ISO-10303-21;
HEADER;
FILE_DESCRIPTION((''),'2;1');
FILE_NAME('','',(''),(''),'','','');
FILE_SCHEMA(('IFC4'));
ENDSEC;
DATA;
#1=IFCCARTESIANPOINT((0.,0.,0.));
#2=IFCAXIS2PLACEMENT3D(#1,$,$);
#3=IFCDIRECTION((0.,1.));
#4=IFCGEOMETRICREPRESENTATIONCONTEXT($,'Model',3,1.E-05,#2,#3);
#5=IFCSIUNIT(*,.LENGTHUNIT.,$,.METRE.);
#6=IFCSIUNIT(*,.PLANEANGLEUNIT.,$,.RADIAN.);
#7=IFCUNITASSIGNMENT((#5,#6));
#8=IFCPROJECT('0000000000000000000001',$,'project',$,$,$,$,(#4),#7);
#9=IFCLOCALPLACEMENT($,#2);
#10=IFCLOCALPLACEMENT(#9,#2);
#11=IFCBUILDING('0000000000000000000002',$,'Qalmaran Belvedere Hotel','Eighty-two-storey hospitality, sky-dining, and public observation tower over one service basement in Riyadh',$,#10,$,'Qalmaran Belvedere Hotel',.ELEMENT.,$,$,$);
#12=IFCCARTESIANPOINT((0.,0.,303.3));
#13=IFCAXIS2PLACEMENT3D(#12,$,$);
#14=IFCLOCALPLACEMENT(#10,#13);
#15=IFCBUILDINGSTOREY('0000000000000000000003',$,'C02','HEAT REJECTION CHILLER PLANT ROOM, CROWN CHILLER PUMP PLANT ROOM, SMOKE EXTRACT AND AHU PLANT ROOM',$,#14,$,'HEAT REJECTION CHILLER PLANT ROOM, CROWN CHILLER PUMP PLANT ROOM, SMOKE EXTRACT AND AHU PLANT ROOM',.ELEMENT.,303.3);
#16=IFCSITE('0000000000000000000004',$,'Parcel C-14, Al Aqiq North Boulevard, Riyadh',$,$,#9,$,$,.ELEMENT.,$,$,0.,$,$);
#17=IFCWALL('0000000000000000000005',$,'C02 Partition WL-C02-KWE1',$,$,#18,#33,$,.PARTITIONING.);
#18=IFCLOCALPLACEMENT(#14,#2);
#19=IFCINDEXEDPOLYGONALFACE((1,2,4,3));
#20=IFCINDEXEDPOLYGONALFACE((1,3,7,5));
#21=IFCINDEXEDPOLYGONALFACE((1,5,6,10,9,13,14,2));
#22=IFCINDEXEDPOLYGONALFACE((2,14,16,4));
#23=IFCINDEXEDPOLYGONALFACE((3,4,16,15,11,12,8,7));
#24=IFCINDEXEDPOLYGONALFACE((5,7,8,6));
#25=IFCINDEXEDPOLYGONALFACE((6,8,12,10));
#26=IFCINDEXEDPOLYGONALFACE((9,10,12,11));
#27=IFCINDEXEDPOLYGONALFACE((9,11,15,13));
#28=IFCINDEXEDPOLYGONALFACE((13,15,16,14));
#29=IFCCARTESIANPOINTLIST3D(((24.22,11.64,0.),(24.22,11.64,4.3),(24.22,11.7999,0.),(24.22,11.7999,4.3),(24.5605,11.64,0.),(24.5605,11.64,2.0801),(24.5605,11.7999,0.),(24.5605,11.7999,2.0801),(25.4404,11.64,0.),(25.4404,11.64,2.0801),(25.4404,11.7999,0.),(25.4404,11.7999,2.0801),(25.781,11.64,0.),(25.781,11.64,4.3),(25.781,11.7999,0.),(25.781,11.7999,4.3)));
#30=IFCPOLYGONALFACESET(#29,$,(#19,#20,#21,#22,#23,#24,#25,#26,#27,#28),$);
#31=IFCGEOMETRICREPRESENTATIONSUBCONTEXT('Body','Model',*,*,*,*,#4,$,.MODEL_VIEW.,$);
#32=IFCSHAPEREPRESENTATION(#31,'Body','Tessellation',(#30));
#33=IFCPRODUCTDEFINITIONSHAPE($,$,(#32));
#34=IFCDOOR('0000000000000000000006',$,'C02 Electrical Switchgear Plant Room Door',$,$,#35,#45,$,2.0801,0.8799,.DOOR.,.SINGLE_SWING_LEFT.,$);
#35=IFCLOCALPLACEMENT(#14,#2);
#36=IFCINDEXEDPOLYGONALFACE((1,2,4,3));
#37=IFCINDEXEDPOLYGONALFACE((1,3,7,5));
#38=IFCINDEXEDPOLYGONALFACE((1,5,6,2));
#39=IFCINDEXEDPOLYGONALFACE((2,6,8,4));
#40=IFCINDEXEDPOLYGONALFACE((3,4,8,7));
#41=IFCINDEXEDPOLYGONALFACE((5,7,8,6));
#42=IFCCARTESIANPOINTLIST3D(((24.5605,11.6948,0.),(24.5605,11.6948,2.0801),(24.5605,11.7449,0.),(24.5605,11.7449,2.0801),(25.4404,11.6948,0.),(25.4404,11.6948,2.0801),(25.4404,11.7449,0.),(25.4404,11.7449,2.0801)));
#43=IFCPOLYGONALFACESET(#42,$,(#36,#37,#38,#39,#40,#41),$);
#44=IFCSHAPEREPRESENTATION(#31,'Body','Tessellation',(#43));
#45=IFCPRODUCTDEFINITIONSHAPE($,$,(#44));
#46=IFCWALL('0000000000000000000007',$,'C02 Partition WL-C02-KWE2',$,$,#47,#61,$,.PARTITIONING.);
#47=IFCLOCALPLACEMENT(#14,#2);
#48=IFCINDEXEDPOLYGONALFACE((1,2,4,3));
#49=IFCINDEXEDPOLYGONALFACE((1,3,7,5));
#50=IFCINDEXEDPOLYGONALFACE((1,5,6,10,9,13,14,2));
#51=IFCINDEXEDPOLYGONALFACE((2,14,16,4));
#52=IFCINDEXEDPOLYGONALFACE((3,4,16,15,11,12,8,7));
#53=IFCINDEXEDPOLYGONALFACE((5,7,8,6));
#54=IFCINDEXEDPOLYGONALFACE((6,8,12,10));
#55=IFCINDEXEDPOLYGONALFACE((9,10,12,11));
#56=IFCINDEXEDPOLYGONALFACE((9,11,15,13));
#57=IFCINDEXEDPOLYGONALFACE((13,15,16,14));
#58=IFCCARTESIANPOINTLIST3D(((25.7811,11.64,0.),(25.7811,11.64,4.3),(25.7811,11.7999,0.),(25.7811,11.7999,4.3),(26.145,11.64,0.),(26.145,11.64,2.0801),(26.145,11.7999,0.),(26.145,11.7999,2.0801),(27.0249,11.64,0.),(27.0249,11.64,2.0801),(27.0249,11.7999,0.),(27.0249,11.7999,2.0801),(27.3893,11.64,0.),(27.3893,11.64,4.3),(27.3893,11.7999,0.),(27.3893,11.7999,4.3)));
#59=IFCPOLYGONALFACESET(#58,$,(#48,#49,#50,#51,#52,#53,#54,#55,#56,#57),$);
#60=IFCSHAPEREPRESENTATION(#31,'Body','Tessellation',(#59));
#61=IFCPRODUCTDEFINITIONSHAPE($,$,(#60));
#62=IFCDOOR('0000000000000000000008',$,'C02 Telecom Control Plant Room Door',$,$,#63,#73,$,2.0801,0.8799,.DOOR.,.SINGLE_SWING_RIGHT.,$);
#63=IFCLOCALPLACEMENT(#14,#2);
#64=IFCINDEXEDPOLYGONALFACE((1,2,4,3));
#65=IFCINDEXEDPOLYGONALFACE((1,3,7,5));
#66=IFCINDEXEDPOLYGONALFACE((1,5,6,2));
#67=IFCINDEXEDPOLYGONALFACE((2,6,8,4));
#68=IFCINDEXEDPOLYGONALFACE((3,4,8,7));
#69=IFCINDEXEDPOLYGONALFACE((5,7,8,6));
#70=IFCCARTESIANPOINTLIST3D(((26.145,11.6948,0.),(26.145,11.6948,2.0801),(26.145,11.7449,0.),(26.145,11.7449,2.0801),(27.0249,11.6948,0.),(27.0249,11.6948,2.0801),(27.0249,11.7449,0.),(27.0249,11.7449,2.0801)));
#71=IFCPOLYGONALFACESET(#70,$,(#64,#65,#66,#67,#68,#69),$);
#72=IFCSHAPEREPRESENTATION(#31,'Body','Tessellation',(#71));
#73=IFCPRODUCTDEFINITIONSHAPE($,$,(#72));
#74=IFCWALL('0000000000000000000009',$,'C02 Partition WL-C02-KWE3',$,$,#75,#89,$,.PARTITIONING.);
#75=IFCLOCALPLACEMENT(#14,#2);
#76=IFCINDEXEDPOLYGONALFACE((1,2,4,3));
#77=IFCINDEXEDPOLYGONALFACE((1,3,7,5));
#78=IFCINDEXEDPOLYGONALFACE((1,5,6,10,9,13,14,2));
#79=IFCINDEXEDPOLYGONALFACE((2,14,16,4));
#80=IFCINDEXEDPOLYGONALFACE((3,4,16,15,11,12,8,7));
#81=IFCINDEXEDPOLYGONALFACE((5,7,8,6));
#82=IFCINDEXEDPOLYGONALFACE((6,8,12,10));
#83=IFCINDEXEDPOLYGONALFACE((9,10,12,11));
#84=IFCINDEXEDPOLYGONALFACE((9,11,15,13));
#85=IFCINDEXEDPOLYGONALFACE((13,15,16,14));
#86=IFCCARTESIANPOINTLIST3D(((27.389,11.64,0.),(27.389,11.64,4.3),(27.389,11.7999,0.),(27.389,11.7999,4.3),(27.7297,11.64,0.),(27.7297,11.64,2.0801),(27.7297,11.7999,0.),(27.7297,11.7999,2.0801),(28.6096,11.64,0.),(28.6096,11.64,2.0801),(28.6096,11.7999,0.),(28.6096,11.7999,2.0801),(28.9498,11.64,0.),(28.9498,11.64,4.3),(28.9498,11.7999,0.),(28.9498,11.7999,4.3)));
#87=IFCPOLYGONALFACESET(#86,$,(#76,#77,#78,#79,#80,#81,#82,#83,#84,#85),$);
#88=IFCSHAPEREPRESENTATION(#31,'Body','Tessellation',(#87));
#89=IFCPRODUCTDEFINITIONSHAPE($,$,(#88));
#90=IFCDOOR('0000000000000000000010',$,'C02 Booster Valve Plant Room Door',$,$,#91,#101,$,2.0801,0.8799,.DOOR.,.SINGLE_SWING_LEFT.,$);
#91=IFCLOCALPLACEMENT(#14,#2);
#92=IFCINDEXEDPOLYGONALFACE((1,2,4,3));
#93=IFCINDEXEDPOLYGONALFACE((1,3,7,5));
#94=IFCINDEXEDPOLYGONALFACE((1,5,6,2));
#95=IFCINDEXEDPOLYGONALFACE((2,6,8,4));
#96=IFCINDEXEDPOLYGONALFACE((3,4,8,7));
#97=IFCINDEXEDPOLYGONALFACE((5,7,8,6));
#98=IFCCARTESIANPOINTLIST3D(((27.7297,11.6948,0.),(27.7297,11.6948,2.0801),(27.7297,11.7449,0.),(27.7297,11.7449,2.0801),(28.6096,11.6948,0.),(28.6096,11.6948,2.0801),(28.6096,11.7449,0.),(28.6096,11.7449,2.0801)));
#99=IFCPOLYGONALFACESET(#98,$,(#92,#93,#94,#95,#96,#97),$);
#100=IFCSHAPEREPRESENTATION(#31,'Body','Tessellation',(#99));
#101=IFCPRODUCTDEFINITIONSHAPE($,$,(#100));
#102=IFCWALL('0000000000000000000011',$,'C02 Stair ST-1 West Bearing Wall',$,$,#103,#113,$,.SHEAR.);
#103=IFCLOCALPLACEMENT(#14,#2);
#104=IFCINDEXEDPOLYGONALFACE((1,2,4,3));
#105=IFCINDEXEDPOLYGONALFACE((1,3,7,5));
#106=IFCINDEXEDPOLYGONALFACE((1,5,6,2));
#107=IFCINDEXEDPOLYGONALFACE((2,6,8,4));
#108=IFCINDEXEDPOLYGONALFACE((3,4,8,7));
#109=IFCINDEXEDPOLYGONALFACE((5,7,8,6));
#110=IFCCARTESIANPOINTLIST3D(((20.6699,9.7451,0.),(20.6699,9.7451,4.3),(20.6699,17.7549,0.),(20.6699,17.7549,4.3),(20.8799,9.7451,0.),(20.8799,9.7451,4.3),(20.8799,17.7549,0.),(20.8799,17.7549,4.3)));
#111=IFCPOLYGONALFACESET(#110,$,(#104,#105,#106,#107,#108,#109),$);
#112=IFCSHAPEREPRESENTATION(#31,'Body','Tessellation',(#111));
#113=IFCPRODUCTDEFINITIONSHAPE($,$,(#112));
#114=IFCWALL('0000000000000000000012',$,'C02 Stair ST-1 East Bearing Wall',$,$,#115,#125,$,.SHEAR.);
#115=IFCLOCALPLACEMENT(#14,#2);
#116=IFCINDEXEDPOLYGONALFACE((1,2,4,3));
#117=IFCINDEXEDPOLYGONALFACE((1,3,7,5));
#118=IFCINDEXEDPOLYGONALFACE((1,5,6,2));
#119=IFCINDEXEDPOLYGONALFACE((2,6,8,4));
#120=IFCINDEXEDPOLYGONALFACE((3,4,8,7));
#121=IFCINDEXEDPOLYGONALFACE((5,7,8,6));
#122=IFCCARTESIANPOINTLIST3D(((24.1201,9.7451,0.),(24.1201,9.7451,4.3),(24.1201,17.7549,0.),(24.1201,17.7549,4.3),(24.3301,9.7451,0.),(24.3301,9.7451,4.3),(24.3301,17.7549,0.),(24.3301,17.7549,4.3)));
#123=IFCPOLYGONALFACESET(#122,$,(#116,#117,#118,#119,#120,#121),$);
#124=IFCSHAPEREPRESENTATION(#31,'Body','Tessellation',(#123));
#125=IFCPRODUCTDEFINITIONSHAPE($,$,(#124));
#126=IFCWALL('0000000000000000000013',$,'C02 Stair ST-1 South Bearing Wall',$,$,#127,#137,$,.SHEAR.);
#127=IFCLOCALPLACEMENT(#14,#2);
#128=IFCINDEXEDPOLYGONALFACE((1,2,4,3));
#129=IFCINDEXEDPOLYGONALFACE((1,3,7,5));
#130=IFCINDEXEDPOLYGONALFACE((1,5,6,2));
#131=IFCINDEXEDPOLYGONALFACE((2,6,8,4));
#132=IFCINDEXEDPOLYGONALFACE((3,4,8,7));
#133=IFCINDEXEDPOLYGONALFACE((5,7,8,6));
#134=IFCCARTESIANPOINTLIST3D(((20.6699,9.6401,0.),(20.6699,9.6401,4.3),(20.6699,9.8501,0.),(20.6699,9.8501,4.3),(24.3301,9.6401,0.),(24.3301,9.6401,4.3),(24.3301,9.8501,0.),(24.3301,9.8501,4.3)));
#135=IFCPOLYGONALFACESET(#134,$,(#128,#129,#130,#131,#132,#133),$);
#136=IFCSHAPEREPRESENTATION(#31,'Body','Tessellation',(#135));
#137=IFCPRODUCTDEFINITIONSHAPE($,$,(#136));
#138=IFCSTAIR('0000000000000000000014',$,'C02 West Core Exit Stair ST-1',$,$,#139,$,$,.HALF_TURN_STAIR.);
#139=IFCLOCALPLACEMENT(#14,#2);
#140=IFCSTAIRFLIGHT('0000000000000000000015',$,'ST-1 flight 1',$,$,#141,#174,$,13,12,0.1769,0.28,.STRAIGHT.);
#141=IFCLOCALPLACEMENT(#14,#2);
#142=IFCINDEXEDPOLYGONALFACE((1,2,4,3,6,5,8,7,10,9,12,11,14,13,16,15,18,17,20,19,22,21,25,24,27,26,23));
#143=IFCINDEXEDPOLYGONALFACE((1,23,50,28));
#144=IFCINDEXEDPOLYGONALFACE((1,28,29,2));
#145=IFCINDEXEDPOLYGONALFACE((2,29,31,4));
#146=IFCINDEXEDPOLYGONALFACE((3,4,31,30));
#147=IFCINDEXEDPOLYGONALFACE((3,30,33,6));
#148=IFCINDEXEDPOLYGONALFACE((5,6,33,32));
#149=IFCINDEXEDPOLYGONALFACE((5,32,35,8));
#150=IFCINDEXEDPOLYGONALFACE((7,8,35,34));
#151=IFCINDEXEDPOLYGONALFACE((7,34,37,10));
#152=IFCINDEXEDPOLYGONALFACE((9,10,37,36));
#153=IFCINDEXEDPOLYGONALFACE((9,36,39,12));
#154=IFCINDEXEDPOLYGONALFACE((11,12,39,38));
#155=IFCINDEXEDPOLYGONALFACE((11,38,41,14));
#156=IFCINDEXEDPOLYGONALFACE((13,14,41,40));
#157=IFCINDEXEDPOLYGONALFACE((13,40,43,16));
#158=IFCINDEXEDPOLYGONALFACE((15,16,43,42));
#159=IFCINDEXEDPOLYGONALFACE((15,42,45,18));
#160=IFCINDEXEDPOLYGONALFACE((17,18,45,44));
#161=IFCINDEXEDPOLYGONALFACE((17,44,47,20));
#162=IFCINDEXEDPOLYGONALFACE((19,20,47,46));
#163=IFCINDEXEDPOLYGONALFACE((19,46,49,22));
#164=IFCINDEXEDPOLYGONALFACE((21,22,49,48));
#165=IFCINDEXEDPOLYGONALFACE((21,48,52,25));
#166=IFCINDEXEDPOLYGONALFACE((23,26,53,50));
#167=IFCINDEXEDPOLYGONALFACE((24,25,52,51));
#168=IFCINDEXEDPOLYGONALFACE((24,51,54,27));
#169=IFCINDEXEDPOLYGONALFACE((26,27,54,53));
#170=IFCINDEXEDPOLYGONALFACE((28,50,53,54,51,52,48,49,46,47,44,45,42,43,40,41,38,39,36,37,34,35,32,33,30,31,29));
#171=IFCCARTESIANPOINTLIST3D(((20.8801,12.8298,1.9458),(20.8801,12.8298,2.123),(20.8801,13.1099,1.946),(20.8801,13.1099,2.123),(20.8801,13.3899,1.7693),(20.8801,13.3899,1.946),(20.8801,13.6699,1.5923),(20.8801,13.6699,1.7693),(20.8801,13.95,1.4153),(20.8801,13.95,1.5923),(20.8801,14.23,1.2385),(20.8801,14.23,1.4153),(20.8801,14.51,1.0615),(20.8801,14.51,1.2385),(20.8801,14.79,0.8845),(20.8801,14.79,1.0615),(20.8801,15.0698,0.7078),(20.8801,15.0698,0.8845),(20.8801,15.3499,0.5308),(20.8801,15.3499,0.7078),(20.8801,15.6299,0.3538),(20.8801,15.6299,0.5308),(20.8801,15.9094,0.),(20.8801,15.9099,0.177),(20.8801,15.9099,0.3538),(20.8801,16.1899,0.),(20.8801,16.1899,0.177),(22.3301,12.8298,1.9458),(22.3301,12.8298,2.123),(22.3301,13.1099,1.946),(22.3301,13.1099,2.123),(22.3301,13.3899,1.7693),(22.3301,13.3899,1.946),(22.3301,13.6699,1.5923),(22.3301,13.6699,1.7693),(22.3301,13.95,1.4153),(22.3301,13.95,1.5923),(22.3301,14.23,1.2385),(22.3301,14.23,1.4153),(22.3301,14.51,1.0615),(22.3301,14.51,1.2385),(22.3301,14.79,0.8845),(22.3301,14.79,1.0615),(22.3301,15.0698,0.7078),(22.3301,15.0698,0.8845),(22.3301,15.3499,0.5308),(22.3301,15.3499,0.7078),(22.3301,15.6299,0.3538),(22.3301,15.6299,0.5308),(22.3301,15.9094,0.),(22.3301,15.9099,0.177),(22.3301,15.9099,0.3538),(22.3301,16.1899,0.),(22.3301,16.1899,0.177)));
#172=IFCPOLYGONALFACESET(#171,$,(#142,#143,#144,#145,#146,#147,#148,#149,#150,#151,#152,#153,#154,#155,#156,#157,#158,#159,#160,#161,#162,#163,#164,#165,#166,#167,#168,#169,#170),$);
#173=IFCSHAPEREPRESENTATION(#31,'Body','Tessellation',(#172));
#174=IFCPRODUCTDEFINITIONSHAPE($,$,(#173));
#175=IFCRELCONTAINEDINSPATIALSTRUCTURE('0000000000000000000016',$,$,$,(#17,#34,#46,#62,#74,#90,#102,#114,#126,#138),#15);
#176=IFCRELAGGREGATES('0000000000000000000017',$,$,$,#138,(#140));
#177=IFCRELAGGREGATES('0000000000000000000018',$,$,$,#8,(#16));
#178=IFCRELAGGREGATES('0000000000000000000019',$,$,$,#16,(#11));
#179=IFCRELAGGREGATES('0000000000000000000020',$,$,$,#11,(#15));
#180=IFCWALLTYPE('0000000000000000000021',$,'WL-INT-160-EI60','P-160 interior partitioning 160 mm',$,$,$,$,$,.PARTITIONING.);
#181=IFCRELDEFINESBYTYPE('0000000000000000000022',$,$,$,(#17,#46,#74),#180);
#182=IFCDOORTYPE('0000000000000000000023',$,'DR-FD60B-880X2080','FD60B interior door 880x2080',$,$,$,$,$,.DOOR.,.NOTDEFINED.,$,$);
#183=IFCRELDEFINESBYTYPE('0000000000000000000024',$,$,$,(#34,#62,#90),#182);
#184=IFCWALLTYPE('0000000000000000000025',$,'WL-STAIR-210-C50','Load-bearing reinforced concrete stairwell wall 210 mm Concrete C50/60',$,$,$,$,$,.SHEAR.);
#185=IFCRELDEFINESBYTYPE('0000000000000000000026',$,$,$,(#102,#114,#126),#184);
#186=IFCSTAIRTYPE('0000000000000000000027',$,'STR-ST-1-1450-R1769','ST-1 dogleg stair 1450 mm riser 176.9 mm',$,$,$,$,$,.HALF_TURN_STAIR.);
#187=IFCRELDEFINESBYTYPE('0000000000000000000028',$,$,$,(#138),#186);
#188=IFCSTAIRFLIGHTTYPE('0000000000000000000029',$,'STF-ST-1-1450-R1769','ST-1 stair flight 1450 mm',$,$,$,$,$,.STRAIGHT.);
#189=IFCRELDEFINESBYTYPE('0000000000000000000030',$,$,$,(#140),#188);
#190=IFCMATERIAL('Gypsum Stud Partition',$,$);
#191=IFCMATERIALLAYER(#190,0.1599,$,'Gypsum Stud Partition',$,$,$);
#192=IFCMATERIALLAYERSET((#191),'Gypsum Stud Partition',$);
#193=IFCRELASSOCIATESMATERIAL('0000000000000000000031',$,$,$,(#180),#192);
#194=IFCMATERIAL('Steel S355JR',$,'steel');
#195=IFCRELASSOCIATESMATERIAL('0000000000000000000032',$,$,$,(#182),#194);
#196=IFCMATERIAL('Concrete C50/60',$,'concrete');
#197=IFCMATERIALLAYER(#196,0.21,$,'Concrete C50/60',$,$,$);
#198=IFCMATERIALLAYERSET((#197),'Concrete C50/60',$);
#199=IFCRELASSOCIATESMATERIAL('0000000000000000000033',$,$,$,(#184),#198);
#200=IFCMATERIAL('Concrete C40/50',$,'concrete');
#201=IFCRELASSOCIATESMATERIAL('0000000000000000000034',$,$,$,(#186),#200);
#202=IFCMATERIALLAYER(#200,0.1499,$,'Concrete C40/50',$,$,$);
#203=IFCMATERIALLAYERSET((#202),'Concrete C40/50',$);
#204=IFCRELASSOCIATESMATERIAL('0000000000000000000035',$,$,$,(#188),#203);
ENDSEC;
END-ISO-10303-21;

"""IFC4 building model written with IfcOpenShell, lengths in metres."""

from ifc_helpers import new_model, si_unit, direction, frame, frame_2d, origin, place, context, subcontext, project, spatial, polyline, rectangle, outline, extrude, material, layer, layer_set, type_object, element, fill, aggregate, save


model = new_model("IFC4")

# Units and contexts
model_context = context("Model", 3, precision=1e-05, world=origin(), true_north=direction((0.0, 1.0)))
body_context = subcontext(model_context, "Body", "Model", "MODEL_VIEW")
ifc_project = project(units=[si_unit("LENGTHUNIT", "METRE"), si_unit("PLANEANGLEUNIT", "RADIAN")], contexts=[model_context])

# Site, building, storey
site_placement = place(None, origin())
site = spatial("IfcSite", under=ifc_project, at=site_placement, Name="Parcel C-14, Al Aqiq North Boulevard, Riyadh", CompositionType="ELEMENT", RefElevation=0.0)
building_placement = place(site_placement, origin())
building = spatial("IfcBuilding", under=site, at=building_placement, Name="Qalmaran Belvedere Hotel", Description="Eighty-two-storey hospitality, sky-dining, and public observation tower over one service basement in Riyadh", LongName="Qalmaran Belvedere Hotel", CompositionType="ELEMENT")
storey_placement = place(building_placement, frame((0.0, 0.0, 303.3)))
storey = spatial("IfcBuildingStorey", under=building, at=storey_placement, Name="C02", Description="HEAT REJECTION CHILLER PLANT ROOM, CROWN CHILLER PUMP PLANT ROOM, SMOKE EXTRACT AND AHU PLANT ROOM", LongName="HEAT REJECTION CHILLER PLANT ROOM, CROWN CHILLER PUMP PLANT ROOM, SMOKE EXTRACT AND AHU PLANT ROOM", CompositionType="ELEMENT", Elevation=303.3)

# Shared definitions
ifc_material_1 = material(Name="Steel S355JR", Category="steel")

# Shared definitions
ifc_material_2 = material(Name="Concrete C50/60", Category="concrete")

# Shared definitions
ifc_material_3 = material(Name="Gypsum Stud Partition")

# Walls, openings, doors
ifc_layer_1 = layer(ifc_material_3, 0.1599, Name="Gypsum Stud Partition")
ifc_layer_set_1 = layer_set([ifc_layer_1], Name="Gypsum Stud Partition")
wall_type_1 = type_object("IfcWallType", Name="WL-INT-160-EI60", Description="P-160 interior partitioning 160 mm", PredefinedType="PARTITIONING", material=ifc_layer_set_1)
wall_1_placement = place(storey_placement, frame((24.22, 11.72, 0.0), z_axis=(0.0, 0.0, 1.0), x_axis=(1.0, 0.0, 0.0)))
wall_1 = element("IfcWall", 1, at=wall_1_placement, inside=storey, type_object=wall_type_1, Name="C02 Partition WL-C02-KWE1", PredefinedType="PARTITIONING", context=body_context, shape_type="SweptSolid", body=[
    extrude(rectangle(XDim=1.561, YDim=0.1599, at=frame_2d((0.7805, 0.0))), origin(), (0.0, 0.0, 1.0), 4.3),
])
opening_1_placement = place(wall_1_placement, frame((0.3406, 0.0, 0.0)))
opening_1 = element("IfcOpeningElement", 2, at=opening_1_placement, cuts=wall_1, PredefinedType="OPENING", context=body_context, shape_type="SweptSolid", body=[
    extrude(rectangle(XDim=0.8799, YDim=2.0801, at=frame_2d((0.4399, 1.04))), frame((0.0, 0.0898, 0.0), z_axis=(0.0, -1.0, 0.0), x_axis=(1.0, 0.0, 0.0)), (0.0, 0.0, 1.0), 0.1799),
])
door_type_1 = type_object("IfcDoorType", Name="DR-FD60B-880X2080", Description="FD60B interior door 880x2080", OperationType="NOTDEFINED", PredefinedType="DOOR", material=ifc_material_1)
door_1_placement = place(opening_1_placement, origin())
door_1 = element("IfcDoor", 3, at=door_1_placement, inside=storey, type_object=door_type_1, Name="C02 Electrical Switchgear Plant Room Door", OperationType="SINGLE_SWING_LEFT", OverallHeight=2.0801, OverallWidth=0.8799, PredefinedType="DOOR", context=body_context, shape_type="SweptSolid", body=[
    extrude(rectangle(XDim=0.8799, YDim=2.0801, at=frame_2d((0.4399, 1.04))), frame((0.0, 0.0249, 0.0), z_axis=(0.0, -1.0, 0.0), x_axis=(1.0, 0.0, 0.0)), (0.0, 0.0, 1.0), 0.05),
])
fill(opening_1, door_1)
wall_2_placement = place(storey_placement, frame((25.781, 11.72, 0.0), z_axis=(0.0, 0.0, 1.0), x_axis=(1.0, 0.0, 0.0)))
wall_2 = element("IfcWall", 4, at=wall_2_placement, inside=storey, type_object=wall_type_1, Name="C02 Partition WL-C02-KWE2", PredefinedType="PARTITIONING", context=body_context, shape_type="SweptSolid", body=[
    extrude(rectangle(XDim=1.6082, YDim=0.1599, at=frame_2d((0.8042, 0.0))), origin(), (0.0, 0.0, 1.0), 4.3),
])
opening_2_placement = place(wall_2_placement, frame((0.364, 0.0, 0.0)))
opening_2 = element("IfcOpeningElement", 5, at=opening_2_placement, cuts=wall_2, PredefinedType="OPENING", context=body_context, shape_type="SweptSolid", body=[
    extrude(rectangle(XDim=0.8799, YDim=2.0801, at=frame_2d((0.4399, 1.04))), frame((0.0, 0.0898, 0.0), z_axis=(0.0, -1.0, 0.0), x_axis=(1.0, 0.0, 0.0)), (0.0, 0.0, 1.0), 0.1799),
])
door_2_placement = place(opening_2_placement, origin())
door_2 = element("IfcDoor", 6, at=door_2_placement, inside=storey, type_object=door_type_1, Name="C02 Telecom Control Plant Room Door", OperationType="SINGLE_SWING_RIGHT", OverallHeight=2.0801, OverallWidth=0.8799, PredefinedType="DOOR", context=body_context, shape_type="SweptSolid", body=[
    extrude(rectangle(XDim=0.8799, YDim=2.0801, at=frame_2d((0.4399, 1.04))), frame((0.0, 0.0249, 0.0), z_axis=(0.0, -1.0, 0.0), x_axis=(1.0, 0.0, 0.0)), (0.0, 0.0, 1.0), 0.05),
])
fill(opening_2, door_2)
wall_3_placement = place(storey_placement, frame((27.3892, 11.72, 0.0), z_axis=(0.0, 0.0, 1.0), x_axis=(1.0, 0.0, 0.0)))
wall_3 = element("IfcWall", 7, at=wall_3_placement, inside=storey, type_object=wall_type_1, Name="C02 Partition WL-C02-KWE3", PredefinedType="PARTITIONING", context=body_context, shape_type="SweptSolid", body=[
    extrude(rectangle(XDim=1.5608, YDim=0.1599, at=frame_2d((0.7803, 0.0))), origin(), (0.0, 0.0, 1.0), 4.3),
])
opening_3_placement = place(wall_3_placement, frame((0.3406, 0.0, 0.0)))
opening_3 = element("IfcOpeningElement", 8, at=opening_3_placement, cuts=wall_3, PredefinedType="OPENING", context=body_context, shape_type="SweptSolid", body=[
    extrude(rectangle(XDim=0.8799, YDim=2.0801, at=frame_2d((0.4399, 1.04))), frame((0.0, 0.0898, 0.0), z_axis=(0.0, -1.0, 0.0), x_axis=(1.0, 0.0, 0.0)), (0.0, 0.0, 1.0), 0.1799),
])
door_3_placement = place(opening_3_placement, origin())
door_3 = element("IfcDoor", 9, at=door_3_placement, inside=storey, type_object=door_type_1, Name="C02 Booster Valve Plant Room Door", OperationType="SINGLE_SWING_LEFT", OverallHeight=2.0801, OverallWidth=0.8799, PredefinedType="DOOR", context=body_context, shape_type="SweptSolid", body=[
    extrude(rectangle(XDim=0.8799, YDim=2.0801, at=frame_2d((0.4399, 1.04))), frame((0.0, 0.0249, 0.0), z_axis=(0.0, -1.0, 0.0), x_axis=(1.0, 0.0, 0.0)), (0.0, 0.0, 1.0), 0.05),
])
fill(opening_3, door_3)

# Walls
ifc_layer_2 = layer(ifc_material_2, 0.21, Name="Concrete C50/60")
ifc_layer_set_2 = layer_set([ifc_layer_2], Name="Concrete C50/60")
wall_type_2 = type_object("IfcWallType", Name="WL-STAIR-210-C50", Description="Load-bearing reinforced concrete stairwell wall 210 mm Concrete C50/60", PredefinedType="SHEAR", material=ifc_layer_set_2)
for number, where, z_axis, x_axis, name in (
    (10, (20.7749, 9.7451, 0.0), (0.0, 0.0, 1.0), (0.0, 1.0, 0.0), "C02 Stair ST-1 West Bearing Wall"),
    (11, (24.2251, 9.7451, 0.0), (0.0, 0.0, 1.0), (0.0, 1.0, 0.0), "C02 Stair ST-1 East Bearing Wall"),
):
    element("IfcWall", number, at=place(storey_placement, frame(where, z_axis=z_axis, x_axis=x_axis)), inside=storey, type_object=wall_type_2, Name=name, PredefinedType="SHEAR", context=body_context, shape_type="SweptSolid", body=[
        extrude(rectangle(XDim=8.0098, YDim=0.21, at=frame_2d((4.0049, 0.0))), origin(), (0.0, 0.0, 1.0), 4.3),
    ])
wall_4_placement = place(storey_placement, frame((20.6699, 9.7451, 0.0), z_axis=(0.0, 0.0, 1.0), x_axis=(1.0, 0.0, 0.0)))
element("IfcWall", 12, at=wall_4_placement, inside=storey, type_object=wall_type_2, Name="C02 Stair ST-1 South Bearing Wall", PredefinedType="SHEAR", context=body_context, shape_type="SweptSolid", body=[
    extrude(rectangle(XDim=3.6602, YDim=0.21, at=frame_2d((1.8301, 0.0))), origin(), (0.0, 0.0, 1.0), 4.3),
])

# Stair, stair flight
ifc_material_4 = material(Name="Concrete C40/50", Category="concrete")
stair_type = type_object("IfcStairType", Name="STR-ST-1-1450-R1769", Description="ST-1 dogleg stair 1450 mm riser 176.9 mm", PredefinedType="HALF_TURN_STAIR", material=ifc_material_4)
stair_placement = place(storey_placement, origin())
stair = element("IfcStair", 13, at=stair_placement, inside=storey, type_object=stair_type, Name="C02 West Core Exit Stair ST-1", PredefinedType="HALF_TURN_STAIR")
ifc_layer_3 = layer(ifc_material_4, 0.1499, Name="Concrete C40/50")
ifc_layer_set_3 = layer_set([ifc_layer_3], Name="Concrete C40/50")
stair_flight_type = type_object("IfcStairFlightType", Name="STF-ST-1-1450-R1769", Description="ST-1 stair flight 1450 mm", PredefinedType="STRAIGHT", material=ifc_layer_set_3)
stair_flight_1_placement = place(storey_placement, frame((21.605, 16.1899, 0.0), z_axis=(0.0, 0.0, 1.0), x_axis=(0.0, -1.0, 0.0)))
stair_flight_1 = element("IfcStairFlight", 14, at=stair_flight_1_placement, type_object=stair_flight_type, Name="ST-1 flight 1", NumberOfRisers=13, NumberOfTreads=12, PredefinedType="STRAIGHT", RiserHeight=0.1769, TreadLength=0.28, context=body_context, shape_type="SweptSolid", body=[
    extrude(outline(polyline([(0.0, 0.0), (0.0, 0.177), (0.28, 0.177), (0.28, 0.3538), (0.5601, 0.3538), (0.5601, 0.5308), (0.8401, 0.5308), (0.8401, 0.7078), (1.1201, 0.7078), (1.1201, 0.8845), (1.3999, 0.8845), (1.3999, 1.0615), (1.6799, 1.0615), (1.6799, 1.2385), (1.96, 1.2385), (1.96, 1.4153), (2.24, 1.4153), (2.24, 1.5923), (2.52, 1.5923), (2.52, 1.7693), (2.8, 1.7693), (2.8, 1.946), (3.0801, 1.946), (3.0801, 2.123), (3.3601, 2.123), (3.3601, 2.3), (3.3601, 1.9458), (0.2805, 0.0), (0.0, 0.0)])), frame((0.0, 0.7251, 0.0), z_axis=(0.0, -1.0, 0.0), x_axis=(1.0, 0.0, 0.0)), (0.0, 0.0, 1.0), 1.45),
])
aggregate(stair, [stair_flight_1])

save(model, "model.ifc")
